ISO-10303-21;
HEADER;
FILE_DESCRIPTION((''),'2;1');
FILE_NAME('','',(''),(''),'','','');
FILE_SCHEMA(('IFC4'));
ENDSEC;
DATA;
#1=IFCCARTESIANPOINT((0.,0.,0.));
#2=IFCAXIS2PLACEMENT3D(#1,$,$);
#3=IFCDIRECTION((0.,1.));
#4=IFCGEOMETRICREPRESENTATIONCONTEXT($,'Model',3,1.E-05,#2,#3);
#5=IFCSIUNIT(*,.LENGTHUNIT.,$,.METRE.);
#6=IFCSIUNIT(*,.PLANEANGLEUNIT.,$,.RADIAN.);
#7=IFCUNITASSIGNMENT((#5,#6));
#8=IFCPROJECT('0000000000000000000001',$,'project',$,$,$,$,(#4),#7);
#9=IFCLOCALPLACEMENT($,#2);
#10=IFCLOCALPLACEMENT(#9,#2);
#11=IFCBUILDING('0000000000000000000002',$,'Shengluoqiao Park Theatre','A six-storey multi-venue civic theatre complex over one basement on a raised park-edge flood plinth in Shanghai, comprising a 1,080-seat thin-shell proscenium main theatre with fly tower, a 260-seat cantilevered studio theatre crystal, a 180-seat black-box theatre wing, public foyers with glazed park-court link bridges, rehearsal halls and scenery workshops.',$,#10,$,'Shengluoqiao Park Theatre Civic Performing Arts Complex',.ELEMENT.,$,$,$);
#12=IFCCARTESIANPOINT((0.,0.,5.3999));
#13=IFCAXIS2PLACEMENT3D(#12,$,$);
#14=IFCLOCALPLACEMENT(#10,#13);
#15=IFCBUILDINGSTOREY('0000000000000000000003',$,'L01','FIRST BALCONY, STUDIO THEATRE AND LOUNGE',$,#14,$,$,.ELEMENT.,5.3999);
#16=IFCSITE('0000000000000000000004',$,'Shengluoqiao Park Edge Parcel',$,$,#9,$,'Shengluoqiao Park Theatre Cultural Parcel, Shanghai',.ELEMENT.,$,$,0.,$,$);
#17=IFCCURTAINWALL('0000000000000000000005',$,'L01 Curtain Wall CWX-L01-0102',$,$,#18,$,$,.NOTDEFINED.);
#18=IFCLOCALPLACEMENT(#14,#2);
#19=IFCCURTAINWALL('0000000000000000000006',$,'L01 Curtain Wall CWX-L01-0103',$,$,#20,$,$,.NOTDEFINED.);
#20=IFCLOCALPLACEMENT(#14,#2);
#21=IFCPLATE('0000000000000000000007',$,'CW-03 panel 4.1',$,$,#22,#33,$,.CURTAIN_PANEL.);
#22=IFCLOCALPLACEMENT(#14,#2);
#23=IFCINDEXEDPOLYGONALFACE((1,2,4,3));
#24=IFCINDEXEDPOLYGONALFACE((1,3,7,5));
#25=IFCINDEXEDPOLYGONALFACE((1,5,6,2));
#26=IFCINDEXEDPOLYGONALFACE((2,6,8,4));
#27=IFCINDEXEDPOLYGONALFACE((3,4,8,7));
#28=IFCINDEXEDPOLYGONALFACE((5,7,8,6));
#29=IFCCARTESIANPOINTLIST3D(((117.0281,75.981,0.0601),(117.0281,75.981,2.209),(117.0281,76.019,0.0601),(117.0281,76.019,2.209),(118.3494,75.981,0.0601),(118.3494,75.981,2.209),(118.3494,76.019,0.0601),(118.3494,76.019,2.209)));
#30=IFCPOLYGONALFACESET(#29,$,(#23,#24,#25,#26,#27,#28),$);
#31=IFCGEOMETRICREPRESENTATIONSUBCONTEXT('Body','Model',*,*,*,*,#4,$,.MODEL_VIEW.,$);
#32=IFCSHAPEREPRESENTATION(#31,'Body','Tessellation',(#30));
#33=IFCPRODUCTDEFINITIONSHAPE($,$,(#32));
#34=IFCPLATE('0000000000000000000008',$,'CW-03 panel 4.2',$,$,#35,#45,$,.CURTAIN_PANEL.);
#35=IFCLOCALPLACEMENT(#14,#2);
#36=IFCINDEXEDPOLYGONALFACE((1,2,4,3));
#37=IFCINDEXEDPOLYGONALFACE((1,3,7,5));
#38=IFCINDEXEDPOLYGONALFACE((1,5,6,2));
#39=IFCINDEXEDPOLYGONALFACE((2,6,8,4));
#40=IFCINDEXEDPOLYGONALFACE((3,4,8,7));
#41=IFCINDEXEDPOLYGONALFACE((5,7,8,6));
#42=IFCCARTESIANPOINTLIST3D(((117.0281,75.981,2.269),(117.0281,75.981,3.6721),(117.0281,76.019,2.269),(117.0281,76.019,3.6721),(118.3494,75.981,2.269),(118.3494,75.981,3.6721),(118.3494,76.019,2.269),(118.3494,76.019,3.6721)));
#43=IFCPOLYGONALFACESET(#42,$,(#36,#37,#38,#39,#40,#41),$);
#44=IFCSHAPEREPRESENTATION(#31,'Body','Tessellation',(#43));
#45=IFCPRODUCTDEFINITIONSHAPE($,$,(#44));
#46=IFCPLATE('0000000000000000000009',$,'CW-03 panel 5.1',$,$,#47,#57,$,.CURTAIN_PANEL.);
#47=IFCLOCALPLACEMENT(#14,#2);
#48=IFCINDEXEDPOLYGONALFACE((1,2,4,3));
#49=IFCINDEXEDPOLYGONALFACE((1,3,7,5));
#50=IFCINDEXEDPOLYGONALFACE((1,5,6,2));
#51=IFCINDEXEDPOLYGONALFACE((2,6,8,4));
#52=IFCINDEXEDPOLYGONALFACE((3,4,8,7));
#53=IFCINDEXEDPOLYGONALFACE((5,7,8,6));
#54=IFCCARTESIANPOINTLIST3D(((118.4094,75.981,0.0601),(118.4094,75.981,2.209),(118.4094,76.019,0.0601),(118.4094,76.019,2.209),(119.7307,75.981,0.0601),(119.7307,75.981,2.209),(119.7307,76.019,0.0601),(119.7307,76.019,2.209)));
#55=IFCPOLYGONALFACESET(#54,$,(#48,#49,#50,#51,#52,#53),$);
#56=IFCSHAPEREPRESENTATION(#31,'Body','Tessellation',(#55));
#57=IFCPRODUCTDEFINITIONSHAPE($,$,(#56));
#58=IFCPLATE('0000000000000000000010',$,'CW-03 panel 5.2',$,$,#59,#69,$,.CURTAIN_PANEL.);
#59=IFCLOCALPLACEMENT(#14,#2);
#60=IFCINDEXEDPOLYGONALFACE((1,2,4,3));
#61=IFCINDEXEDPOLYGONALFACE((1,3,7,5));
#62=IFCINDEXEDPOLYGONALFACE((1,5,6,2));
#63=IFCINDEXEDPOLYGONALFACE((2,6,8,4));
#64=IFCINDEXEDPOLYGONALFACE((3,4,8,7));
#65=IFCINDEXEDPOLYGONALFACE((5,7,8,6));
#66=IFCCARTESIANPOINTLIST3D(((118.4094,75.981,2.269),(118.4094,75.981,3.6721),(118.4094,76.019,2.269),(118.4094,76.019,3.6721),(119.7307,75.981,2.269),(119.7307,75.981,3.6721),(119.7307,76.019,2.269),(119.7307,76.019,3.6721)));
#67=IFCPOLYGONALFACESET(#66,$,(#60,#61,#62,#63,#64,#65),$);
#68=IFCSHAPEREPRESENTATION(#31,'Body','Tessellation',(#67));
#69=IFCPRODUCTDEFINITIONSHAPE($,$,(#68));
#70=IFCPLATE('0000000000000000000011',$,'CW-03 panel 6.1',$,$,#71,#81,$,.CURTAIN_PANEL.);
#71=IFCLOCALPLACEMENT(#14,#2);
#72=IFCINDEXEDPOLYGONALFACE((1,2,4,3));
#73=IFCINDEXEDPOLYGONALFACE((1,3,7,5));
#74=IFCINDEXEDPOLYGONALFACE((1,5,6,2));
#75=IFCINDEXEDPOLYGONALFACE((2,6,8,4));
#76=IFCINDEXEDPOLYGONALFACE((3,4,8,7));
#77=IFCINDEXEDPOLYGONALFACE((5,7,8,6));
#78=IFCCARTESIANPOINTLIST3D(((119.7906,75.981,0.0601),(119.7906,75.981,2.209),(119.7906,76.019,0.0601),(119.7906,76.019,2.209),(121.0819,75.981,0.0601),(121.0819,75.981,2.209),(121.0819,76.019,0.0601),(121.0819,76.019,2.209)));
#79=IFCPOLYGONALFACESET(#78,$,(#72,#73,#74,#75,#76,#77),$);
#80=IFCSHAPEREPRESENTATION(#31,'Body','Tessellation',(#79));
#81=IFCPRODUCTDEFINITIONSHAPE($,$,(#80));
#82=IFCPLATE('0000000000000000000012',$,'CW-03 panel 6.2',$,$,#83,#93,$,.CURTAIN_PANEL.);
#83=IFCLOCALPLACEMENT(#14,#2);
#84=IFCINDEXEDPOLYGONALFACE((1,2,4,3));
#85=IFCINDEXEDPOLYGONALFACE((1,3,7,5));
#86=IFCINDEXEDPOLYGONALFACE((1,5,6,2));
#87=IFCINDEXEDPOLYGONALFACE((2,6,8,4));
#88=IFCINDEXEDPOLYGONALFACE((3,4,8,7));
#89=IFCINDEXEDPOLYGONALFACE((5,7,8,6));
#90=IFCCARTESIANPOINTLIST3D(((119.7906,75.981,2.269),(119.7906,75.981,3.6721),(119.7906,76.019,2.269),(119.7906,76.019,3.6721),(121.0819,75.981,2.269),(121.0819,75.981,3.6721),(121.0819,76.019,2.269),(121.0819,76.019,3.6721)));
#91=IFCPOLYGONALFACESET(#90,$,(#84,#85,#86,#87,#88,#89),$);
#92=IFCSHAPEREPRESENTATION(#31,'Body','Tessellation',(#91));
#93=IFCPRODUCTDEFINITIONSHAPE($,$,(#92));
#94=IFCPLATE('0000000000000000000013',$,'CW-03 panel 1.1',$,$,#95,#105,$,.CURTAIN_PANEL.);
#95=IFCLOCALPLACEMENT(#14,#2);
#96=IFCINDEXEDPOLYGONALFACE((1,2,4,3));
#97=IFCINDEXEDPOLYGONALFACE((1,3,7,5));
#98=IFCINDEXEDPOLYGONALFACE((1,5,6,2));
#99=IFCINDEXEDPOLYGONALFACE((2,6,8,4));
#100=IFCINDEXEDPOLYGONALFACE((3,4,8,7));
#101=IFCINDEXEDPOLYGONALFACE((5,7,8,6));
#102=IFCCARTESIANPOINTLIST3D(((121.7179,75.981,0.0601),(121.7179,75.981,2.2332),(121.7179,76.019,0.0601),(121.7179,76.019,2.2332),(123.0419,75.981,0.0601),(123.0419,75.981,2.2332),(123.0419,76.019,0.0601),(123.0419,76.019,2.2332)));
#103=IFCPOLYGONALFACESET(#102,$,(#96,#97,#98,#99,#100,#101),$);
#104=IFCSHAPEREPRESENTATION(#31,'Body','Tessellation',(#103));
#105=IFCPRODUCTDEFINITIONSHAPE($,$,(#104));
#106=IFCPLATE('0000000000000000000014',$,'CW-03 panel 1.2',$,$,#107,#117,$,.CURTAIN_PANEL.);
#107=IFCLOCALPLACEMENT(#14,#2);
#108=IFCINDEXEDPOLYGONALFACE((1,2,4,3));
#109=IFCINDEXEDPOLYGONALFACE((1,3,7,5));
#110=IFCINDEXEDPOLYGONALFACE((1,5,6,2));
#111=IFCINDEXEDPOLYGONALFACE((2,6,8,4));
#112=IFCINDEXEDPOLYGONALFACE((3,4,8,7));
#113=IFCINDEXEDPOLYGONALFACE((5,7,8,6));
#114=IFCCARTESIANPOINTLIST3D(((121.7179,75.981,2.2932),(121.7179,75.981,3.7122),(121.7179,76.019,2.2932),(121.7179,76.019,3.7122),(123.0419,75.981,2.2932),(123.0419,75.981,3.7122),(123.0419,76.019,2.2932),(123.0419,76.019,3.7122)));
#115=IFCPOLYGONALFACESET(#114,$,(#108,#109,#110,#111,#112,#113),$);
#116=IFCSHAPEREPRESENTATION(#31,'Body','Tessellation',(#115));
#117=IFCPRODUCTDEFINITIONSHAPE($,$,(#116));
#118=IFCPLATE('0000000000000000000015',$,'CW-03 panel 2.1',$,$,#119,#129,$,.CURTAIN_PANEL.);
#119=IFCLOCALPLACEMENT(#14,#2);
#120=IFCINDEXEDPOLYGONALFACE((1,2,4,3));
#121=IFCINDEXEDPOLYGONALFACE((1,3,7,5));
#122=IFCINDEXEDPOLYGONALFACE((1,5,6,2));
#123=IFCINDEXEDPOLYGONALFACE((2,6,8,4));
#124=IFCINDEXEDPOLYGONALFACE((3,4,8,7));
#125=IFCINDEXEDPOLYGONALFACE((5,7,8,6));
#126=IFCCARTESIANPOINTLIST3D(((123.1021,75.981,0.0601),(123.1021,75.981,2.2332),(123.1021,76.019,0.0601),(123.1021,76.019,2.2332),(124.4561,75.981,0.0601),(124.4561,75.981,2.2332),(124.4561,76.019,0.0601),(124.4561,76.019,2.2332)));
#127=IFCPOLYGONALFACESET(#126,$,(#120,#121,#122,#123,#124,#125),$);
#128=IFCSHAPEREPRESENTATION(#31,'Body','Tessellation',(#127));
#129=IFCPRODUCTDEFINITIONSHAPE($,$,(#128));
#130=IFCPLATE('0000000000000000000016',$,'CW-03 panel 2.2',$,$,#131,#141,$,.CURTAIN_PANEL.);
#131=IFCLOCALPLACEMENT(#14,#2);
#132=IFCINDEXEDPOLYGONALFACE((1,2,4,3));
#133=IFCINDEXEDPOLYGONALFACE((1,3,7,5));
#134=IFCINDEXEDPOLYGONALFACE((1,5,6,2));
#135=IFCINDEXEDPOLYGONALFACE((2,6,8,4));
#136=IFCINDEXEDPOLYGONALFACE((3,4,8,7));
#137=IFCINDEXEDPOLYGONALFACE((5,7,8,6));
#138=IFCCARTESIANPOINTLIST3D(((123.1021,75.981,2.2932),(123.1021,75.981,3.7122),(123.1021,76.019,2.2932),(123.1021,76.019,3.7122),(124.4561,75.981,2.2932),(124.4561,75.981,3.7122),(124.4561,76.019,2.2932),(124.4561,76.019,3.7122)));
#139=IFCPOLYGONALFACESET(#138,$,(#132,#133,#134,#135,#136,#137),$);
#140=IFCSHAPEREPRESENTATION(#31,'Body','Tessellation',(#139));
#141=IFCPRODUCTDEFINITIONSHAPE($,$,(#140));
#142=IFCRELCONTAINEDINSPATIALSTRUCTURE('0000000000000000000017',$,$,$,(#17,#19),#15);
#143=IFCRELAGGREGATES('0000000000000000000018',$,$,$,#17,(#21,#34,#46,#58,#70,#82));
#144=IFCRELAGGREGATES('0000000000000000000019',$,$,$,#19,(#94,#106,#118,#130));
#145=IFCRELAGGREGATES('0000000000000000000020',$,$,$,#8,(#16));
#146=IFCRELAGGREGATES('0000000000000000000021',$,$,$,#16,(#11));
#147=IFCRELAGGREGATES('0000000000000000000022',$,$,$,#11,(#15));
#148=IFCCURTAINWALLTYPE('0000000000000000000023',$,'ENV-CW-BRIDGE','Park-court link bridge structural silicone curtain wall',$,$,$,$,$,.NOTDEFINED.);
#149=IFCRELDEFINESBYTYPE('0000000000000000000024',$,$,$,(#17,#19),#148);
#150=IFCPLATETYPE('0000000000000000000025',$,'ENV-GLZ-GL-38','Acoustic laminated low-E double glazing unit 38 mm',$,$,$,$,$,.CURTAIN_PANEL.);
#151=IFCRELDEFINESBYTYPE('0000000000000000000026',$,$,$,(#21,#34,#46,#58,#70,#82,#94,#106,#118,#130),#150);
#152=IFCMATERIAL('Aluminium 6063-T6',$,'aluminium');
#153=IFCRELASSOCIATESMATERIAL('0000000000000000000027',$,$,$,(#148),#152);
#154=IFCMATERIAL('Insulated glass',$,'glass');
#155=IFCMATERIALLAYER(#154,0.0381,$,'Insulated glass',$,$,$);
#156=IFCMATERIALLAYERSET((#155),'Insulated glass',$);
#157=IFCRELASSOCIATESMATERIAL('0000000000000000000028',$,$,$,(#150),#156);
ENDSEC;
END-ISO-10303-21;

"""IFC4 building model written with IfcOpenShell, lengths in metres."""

from ifc_helpers import new_model, si_unit, direction, frame, origin, origin_2d, place, context, subcontext, project, spatial, rectangle, extrude, material, layer, layer_set, type_object, element, aggregate, save


model = new_model("IFC4")

# Units and contexts
model_context = context("Model", 3, precision=1e-05, world=origin(), true_north=direction((0.0, 1.0)))
body_context = subcontext(model_context, "Body", "Model", "MODEL_VIEW")
ifc_project = project(units=[si_unit("LENGTHUNIT", "METRE"), si_unit("PLANEANGLEUNIT", "RADIAN")], contexts=[model_context])

# Site, building, storey
site_placement = place(None, origin())
site = spatial("IfcSite", under=ifc_project, at=site_placement, Name="Shengluoqiao Park Edge Parcel", LongName="Shengluoqiao Park Theatre Cultural Parcel, Shanghai", CompositionType="ELEMENT", RefElevation=0.0)
building_placement = place(site_placement, origin())
building = spatial("IfcBuilding", under=site, at=building_placement, Name="Shengluoqiao Park Theatre", Description="A six-storey multi-venue civic theatre complex over one basement on a raised park-edge flood plinth in Shanghai, comprising a 1,080-seat thin-shell proscenium main theatre with fly tower, a 260-seat cantilevered studio theatre crystal, a 180-seat black-box theatre wing, public foyers with glazed park-court link bridges, rehearsal halls and scenery workshops.", LongName="Shengluoqiao Park Theatre Civic Performing Arts Complex", CompositionType="ELEMENT")
storey_placement = place(building_placement, frame((0.0, 0.0, 5.3999)))
storey = spatial("IfcBuildingStorey", under=building, at=storey_placement, Name="L01", Description="FIRST BALCONY, STUDIO THEATRE AND LOUNGE", CompositionType="ELEMENT", Elevation=5.3999)

# Curtain walls
ifc_material_1 = material(Name="Aluminium 6063-T6", Category="aluminium")
curtain_wall_type = type_object("IfcCurtainWallType", Name="ENV-CW-BRIDGE", Description="Park-court link bridge structural silicone curtain wall", PredefinedType="NOTDEFINED", material=ifc_material_1)
curtain_wall_1_placement = place(storey_placement, origin())
curtain_wall_1 = element("IfcCurtainWall", 1, at=curtain_wall_1_placement, inside=storey, type_object=curtain_wall_type, Name="L01 Curtain Wall CWX-L01-0102", PredefinedType="NOTDEFINED")
curtain_wall_2_placement = place(storey_placement, origin())
curtain_wall_2 = element("IfcCurtainWall", 2, at=curtain_wall_2_placement, inside=storey, type_object=curtain_wall_type, Name="L01 Curtain Wall CWX-L01-0103", PredefinedType="NOTDEFINED")

# Plates
ifc_material_2 = material(Name="Insulated glass", Category="glass")
ifc_layer = layer(ifc_material_2, 0.0381, Name="Insulated glass")
ifc_layer_set = layer_set([ifc_layer], Name="Insulated glass")
plate_type = type_object("IfcPlateType", Name="ENV-GLZ-GL-38", Description="Acoustic laminated low-E double glazing unit 38 mm", PredefinedType="CURTAIN_PANEL", material=ifc_layer_set)
plate_1_placement = place(storey_placement, frame((117.6887, 76.0, 0.0601), z_axis=(0.0, 0.0, 1.0), x_axis=(1.0, 0.0, 0.0)))
plate_1 = element("IfcPlate", 3, at=plate_1_placement, type_object=plate_type, Name="CW-03 panel 4.1", PredefinedType="CURTAIN_PANEL", context=body_context, shape_type="SweptSolid", body=[
    extrude(rectangle(XDim=1.3213, YDim=0.0381, at=origin_2d()), origin(), (0.0, 0.0, 1.0), 2.1489),
])
plate_2_placement = place(storey_placement, frame((117.6887, 76.0, 2.269), z_axis=(0.0, 0.0, 1.0), x_axis=(1.0, 0.0, 0.0)))
plate_2 = element("IfcPlate", 4, at=plate_2_placement, type_object=plate_type, Name="CW-03 panel 4.2", PredefinedType="CURTAIN_PANEL", context=body_context, shape_type="SweptSolid", body=[
    extrude(rectangle(XDim=1.3213, YDim=0.0381, at=origin_2d()), origin(), (0.0, 0.0, 1.0), 1.4031),
])
plate_3_placement = place(storey_placement, frame((119.0701, 76.0, 0.0601), z_axis=(0.0, 0.0, 1.0), x_axis=(1.0, 0.0, 0.0)))
plate_3 = element("IfcPlate", 5, at=plate_3_placement, type_object=plate_type, Name="CW-03 panel 5.1", PredefinedType="CURTAIN_PANEL", context=body_context, shape_type="SweptSolid", body=[
    extrude(rectangle(XDim=1.3213, YDim=0.0381, at=origin_2d()), origin(), (0.0, 0.0, 1.0), 2.1489),
])
plate_4_placement = place(storey_placement, frame((119.0701, 76.0, 2.269), z_axis=(0.0, 0.0, 1.0), x_axis=(1.0, 0.0, 0.0)))
plate_4 = element("IfcPlate", 6, at=plate_4_placement, type_object=plate_type, Name="CW-03 panel 5.2", PredefinedType="CURTAIN_PANEL", context=body_context, shape_type="SweptSolid", body=[
    extrude(rectangle(XDim=1.3213, YDim=0.0381, at=origin_2d()), origin(), (0.0, 0.0, 1.0), 1.4031),
])
plate_5_placement = place(storey_placement, frame((120.4363, 76.0, 0.0601), z_axis=(0.0, 0.0, 1.0), x_axis=(1.0, 0.0, 0.0)))
plate_5 = element("IfcPlate", 7, at=plate_5_placement, type_object=plate_type, Name="CW-03 panel 6.1", PredefinedType="CURTAIN_PANEL", context=body_context, shape_type="SweptSolid", body=[
    extrude(rectangle(XDim=1.2913, YDim=0.0381, at=origin_2d()), origin(), (0.0, 0.0, 1.0), 2.1489),
])
plate_6_placement = place(storey_placement, frame((120.4363, 76.0, 2.269), z_axis=(0.0, 0.0, 1.0), x_axis=(1.0, 0.0, 0.0)))
plate_6 = element("IfcPlate", 8, at=plate_6_placement, type_object=plate_type, Name="CW-03 panel 6.2", PredefinedType="CURTAIN_PANEL", context=body_context, shape_type="SweptSolid", body=[
    extrude(rectangle(XDim=1.2913, YDim=0.0381, at=origin_2d()), origin(), (0.0, 0.0, 1.0), 1.4031),
])
aggregate(curtain_wall_1, [plate_1, plate_2, plate_3, plate_4, plate_5, plate_6])
plate_7_placement = place(storey_placement, frame((122.3799, 76.0, 0.0601), z_axis=(0.0, 0.0, 1.0), x_axis=(1.0, 0.0, 0.0)))
plate_7 = element("IfcPlate", 9, at=plate_7_placement, type_object=plate_type, Name="CW-03 panel 1.1", PredefinedType="CURTAIN_PANEL", context=body_context, shape_type="SweptSolid", body=[
    extrude(rectangle(XDim=1.324, YDim=0.0381, at=origin_2d()), origin(), (0.0, 0.0, 1.0), 2.1731),
])
plate_8_placement = place(storey_placement, frame((122.3799, 76.0, 2.2932), z_axis=(0.0, 0.0, 1.0), x_axis=(1.0, 0.0, 0.0)))
plate_8 = element("IfcPlate", 10, at=plate_8_placement, type_object=plate_type, Name="CW-03 panel 1.2", PredefinedType="CURTAIN_PANEL", context=body_context, shape_type="SweptSolid", body=[
    extrude(rectangle(XDim=1.324, YDim=0.0381, at=origin_2d()), origin(), (0.0, 0.0, 1.0), 1.4189),
])
plate_9_placement = place(storey_placement, frame((123.7791, 76.0, 0.0601), z_axis=(0.0, 0.0, 1.0), x_axis=(1.0, 0.0, 0.0)))
plate_9 = element("IfcPlate", 11, at=plate_9_placement, type_object=plate_type, Name="CW-03 panel 2.1", PredefinedType="CURTAIN_PANEL", context=body_context, shape_type="SweptSolid", body=[
    extrude(rectangle(XDim=1.354, YDim=0.0381, at=origin_2d()), origin(), (0.0, 0.0, 1.0), 2.1731),
])
plate_10_placement = place(storey_placement, frame((123.7791, 76.0, 2.2932), z_axis=(0.0, 0.0, 1.0), x_axis=(1.0, 0.0, 0.0)))
plate_10 = element("IfcPlate", 12, at=plate_10_placement, type_object=plate_type, Name="CW-03 panel 2.2", PredefinedType="CURTAIN_PANEL", context=body_context, shape_type="SweptSolid", body=[
    extrude(rectangle(XDim=1.354, YDim=0.0381, at=origin_2d()), origin(), (0.0, 0.0, 1.0), 1.4189),
])
aggregate(curtain_wall_2, [plate_7, plate_8, plate_9, plate_10])

save(model, "model.ifc")
